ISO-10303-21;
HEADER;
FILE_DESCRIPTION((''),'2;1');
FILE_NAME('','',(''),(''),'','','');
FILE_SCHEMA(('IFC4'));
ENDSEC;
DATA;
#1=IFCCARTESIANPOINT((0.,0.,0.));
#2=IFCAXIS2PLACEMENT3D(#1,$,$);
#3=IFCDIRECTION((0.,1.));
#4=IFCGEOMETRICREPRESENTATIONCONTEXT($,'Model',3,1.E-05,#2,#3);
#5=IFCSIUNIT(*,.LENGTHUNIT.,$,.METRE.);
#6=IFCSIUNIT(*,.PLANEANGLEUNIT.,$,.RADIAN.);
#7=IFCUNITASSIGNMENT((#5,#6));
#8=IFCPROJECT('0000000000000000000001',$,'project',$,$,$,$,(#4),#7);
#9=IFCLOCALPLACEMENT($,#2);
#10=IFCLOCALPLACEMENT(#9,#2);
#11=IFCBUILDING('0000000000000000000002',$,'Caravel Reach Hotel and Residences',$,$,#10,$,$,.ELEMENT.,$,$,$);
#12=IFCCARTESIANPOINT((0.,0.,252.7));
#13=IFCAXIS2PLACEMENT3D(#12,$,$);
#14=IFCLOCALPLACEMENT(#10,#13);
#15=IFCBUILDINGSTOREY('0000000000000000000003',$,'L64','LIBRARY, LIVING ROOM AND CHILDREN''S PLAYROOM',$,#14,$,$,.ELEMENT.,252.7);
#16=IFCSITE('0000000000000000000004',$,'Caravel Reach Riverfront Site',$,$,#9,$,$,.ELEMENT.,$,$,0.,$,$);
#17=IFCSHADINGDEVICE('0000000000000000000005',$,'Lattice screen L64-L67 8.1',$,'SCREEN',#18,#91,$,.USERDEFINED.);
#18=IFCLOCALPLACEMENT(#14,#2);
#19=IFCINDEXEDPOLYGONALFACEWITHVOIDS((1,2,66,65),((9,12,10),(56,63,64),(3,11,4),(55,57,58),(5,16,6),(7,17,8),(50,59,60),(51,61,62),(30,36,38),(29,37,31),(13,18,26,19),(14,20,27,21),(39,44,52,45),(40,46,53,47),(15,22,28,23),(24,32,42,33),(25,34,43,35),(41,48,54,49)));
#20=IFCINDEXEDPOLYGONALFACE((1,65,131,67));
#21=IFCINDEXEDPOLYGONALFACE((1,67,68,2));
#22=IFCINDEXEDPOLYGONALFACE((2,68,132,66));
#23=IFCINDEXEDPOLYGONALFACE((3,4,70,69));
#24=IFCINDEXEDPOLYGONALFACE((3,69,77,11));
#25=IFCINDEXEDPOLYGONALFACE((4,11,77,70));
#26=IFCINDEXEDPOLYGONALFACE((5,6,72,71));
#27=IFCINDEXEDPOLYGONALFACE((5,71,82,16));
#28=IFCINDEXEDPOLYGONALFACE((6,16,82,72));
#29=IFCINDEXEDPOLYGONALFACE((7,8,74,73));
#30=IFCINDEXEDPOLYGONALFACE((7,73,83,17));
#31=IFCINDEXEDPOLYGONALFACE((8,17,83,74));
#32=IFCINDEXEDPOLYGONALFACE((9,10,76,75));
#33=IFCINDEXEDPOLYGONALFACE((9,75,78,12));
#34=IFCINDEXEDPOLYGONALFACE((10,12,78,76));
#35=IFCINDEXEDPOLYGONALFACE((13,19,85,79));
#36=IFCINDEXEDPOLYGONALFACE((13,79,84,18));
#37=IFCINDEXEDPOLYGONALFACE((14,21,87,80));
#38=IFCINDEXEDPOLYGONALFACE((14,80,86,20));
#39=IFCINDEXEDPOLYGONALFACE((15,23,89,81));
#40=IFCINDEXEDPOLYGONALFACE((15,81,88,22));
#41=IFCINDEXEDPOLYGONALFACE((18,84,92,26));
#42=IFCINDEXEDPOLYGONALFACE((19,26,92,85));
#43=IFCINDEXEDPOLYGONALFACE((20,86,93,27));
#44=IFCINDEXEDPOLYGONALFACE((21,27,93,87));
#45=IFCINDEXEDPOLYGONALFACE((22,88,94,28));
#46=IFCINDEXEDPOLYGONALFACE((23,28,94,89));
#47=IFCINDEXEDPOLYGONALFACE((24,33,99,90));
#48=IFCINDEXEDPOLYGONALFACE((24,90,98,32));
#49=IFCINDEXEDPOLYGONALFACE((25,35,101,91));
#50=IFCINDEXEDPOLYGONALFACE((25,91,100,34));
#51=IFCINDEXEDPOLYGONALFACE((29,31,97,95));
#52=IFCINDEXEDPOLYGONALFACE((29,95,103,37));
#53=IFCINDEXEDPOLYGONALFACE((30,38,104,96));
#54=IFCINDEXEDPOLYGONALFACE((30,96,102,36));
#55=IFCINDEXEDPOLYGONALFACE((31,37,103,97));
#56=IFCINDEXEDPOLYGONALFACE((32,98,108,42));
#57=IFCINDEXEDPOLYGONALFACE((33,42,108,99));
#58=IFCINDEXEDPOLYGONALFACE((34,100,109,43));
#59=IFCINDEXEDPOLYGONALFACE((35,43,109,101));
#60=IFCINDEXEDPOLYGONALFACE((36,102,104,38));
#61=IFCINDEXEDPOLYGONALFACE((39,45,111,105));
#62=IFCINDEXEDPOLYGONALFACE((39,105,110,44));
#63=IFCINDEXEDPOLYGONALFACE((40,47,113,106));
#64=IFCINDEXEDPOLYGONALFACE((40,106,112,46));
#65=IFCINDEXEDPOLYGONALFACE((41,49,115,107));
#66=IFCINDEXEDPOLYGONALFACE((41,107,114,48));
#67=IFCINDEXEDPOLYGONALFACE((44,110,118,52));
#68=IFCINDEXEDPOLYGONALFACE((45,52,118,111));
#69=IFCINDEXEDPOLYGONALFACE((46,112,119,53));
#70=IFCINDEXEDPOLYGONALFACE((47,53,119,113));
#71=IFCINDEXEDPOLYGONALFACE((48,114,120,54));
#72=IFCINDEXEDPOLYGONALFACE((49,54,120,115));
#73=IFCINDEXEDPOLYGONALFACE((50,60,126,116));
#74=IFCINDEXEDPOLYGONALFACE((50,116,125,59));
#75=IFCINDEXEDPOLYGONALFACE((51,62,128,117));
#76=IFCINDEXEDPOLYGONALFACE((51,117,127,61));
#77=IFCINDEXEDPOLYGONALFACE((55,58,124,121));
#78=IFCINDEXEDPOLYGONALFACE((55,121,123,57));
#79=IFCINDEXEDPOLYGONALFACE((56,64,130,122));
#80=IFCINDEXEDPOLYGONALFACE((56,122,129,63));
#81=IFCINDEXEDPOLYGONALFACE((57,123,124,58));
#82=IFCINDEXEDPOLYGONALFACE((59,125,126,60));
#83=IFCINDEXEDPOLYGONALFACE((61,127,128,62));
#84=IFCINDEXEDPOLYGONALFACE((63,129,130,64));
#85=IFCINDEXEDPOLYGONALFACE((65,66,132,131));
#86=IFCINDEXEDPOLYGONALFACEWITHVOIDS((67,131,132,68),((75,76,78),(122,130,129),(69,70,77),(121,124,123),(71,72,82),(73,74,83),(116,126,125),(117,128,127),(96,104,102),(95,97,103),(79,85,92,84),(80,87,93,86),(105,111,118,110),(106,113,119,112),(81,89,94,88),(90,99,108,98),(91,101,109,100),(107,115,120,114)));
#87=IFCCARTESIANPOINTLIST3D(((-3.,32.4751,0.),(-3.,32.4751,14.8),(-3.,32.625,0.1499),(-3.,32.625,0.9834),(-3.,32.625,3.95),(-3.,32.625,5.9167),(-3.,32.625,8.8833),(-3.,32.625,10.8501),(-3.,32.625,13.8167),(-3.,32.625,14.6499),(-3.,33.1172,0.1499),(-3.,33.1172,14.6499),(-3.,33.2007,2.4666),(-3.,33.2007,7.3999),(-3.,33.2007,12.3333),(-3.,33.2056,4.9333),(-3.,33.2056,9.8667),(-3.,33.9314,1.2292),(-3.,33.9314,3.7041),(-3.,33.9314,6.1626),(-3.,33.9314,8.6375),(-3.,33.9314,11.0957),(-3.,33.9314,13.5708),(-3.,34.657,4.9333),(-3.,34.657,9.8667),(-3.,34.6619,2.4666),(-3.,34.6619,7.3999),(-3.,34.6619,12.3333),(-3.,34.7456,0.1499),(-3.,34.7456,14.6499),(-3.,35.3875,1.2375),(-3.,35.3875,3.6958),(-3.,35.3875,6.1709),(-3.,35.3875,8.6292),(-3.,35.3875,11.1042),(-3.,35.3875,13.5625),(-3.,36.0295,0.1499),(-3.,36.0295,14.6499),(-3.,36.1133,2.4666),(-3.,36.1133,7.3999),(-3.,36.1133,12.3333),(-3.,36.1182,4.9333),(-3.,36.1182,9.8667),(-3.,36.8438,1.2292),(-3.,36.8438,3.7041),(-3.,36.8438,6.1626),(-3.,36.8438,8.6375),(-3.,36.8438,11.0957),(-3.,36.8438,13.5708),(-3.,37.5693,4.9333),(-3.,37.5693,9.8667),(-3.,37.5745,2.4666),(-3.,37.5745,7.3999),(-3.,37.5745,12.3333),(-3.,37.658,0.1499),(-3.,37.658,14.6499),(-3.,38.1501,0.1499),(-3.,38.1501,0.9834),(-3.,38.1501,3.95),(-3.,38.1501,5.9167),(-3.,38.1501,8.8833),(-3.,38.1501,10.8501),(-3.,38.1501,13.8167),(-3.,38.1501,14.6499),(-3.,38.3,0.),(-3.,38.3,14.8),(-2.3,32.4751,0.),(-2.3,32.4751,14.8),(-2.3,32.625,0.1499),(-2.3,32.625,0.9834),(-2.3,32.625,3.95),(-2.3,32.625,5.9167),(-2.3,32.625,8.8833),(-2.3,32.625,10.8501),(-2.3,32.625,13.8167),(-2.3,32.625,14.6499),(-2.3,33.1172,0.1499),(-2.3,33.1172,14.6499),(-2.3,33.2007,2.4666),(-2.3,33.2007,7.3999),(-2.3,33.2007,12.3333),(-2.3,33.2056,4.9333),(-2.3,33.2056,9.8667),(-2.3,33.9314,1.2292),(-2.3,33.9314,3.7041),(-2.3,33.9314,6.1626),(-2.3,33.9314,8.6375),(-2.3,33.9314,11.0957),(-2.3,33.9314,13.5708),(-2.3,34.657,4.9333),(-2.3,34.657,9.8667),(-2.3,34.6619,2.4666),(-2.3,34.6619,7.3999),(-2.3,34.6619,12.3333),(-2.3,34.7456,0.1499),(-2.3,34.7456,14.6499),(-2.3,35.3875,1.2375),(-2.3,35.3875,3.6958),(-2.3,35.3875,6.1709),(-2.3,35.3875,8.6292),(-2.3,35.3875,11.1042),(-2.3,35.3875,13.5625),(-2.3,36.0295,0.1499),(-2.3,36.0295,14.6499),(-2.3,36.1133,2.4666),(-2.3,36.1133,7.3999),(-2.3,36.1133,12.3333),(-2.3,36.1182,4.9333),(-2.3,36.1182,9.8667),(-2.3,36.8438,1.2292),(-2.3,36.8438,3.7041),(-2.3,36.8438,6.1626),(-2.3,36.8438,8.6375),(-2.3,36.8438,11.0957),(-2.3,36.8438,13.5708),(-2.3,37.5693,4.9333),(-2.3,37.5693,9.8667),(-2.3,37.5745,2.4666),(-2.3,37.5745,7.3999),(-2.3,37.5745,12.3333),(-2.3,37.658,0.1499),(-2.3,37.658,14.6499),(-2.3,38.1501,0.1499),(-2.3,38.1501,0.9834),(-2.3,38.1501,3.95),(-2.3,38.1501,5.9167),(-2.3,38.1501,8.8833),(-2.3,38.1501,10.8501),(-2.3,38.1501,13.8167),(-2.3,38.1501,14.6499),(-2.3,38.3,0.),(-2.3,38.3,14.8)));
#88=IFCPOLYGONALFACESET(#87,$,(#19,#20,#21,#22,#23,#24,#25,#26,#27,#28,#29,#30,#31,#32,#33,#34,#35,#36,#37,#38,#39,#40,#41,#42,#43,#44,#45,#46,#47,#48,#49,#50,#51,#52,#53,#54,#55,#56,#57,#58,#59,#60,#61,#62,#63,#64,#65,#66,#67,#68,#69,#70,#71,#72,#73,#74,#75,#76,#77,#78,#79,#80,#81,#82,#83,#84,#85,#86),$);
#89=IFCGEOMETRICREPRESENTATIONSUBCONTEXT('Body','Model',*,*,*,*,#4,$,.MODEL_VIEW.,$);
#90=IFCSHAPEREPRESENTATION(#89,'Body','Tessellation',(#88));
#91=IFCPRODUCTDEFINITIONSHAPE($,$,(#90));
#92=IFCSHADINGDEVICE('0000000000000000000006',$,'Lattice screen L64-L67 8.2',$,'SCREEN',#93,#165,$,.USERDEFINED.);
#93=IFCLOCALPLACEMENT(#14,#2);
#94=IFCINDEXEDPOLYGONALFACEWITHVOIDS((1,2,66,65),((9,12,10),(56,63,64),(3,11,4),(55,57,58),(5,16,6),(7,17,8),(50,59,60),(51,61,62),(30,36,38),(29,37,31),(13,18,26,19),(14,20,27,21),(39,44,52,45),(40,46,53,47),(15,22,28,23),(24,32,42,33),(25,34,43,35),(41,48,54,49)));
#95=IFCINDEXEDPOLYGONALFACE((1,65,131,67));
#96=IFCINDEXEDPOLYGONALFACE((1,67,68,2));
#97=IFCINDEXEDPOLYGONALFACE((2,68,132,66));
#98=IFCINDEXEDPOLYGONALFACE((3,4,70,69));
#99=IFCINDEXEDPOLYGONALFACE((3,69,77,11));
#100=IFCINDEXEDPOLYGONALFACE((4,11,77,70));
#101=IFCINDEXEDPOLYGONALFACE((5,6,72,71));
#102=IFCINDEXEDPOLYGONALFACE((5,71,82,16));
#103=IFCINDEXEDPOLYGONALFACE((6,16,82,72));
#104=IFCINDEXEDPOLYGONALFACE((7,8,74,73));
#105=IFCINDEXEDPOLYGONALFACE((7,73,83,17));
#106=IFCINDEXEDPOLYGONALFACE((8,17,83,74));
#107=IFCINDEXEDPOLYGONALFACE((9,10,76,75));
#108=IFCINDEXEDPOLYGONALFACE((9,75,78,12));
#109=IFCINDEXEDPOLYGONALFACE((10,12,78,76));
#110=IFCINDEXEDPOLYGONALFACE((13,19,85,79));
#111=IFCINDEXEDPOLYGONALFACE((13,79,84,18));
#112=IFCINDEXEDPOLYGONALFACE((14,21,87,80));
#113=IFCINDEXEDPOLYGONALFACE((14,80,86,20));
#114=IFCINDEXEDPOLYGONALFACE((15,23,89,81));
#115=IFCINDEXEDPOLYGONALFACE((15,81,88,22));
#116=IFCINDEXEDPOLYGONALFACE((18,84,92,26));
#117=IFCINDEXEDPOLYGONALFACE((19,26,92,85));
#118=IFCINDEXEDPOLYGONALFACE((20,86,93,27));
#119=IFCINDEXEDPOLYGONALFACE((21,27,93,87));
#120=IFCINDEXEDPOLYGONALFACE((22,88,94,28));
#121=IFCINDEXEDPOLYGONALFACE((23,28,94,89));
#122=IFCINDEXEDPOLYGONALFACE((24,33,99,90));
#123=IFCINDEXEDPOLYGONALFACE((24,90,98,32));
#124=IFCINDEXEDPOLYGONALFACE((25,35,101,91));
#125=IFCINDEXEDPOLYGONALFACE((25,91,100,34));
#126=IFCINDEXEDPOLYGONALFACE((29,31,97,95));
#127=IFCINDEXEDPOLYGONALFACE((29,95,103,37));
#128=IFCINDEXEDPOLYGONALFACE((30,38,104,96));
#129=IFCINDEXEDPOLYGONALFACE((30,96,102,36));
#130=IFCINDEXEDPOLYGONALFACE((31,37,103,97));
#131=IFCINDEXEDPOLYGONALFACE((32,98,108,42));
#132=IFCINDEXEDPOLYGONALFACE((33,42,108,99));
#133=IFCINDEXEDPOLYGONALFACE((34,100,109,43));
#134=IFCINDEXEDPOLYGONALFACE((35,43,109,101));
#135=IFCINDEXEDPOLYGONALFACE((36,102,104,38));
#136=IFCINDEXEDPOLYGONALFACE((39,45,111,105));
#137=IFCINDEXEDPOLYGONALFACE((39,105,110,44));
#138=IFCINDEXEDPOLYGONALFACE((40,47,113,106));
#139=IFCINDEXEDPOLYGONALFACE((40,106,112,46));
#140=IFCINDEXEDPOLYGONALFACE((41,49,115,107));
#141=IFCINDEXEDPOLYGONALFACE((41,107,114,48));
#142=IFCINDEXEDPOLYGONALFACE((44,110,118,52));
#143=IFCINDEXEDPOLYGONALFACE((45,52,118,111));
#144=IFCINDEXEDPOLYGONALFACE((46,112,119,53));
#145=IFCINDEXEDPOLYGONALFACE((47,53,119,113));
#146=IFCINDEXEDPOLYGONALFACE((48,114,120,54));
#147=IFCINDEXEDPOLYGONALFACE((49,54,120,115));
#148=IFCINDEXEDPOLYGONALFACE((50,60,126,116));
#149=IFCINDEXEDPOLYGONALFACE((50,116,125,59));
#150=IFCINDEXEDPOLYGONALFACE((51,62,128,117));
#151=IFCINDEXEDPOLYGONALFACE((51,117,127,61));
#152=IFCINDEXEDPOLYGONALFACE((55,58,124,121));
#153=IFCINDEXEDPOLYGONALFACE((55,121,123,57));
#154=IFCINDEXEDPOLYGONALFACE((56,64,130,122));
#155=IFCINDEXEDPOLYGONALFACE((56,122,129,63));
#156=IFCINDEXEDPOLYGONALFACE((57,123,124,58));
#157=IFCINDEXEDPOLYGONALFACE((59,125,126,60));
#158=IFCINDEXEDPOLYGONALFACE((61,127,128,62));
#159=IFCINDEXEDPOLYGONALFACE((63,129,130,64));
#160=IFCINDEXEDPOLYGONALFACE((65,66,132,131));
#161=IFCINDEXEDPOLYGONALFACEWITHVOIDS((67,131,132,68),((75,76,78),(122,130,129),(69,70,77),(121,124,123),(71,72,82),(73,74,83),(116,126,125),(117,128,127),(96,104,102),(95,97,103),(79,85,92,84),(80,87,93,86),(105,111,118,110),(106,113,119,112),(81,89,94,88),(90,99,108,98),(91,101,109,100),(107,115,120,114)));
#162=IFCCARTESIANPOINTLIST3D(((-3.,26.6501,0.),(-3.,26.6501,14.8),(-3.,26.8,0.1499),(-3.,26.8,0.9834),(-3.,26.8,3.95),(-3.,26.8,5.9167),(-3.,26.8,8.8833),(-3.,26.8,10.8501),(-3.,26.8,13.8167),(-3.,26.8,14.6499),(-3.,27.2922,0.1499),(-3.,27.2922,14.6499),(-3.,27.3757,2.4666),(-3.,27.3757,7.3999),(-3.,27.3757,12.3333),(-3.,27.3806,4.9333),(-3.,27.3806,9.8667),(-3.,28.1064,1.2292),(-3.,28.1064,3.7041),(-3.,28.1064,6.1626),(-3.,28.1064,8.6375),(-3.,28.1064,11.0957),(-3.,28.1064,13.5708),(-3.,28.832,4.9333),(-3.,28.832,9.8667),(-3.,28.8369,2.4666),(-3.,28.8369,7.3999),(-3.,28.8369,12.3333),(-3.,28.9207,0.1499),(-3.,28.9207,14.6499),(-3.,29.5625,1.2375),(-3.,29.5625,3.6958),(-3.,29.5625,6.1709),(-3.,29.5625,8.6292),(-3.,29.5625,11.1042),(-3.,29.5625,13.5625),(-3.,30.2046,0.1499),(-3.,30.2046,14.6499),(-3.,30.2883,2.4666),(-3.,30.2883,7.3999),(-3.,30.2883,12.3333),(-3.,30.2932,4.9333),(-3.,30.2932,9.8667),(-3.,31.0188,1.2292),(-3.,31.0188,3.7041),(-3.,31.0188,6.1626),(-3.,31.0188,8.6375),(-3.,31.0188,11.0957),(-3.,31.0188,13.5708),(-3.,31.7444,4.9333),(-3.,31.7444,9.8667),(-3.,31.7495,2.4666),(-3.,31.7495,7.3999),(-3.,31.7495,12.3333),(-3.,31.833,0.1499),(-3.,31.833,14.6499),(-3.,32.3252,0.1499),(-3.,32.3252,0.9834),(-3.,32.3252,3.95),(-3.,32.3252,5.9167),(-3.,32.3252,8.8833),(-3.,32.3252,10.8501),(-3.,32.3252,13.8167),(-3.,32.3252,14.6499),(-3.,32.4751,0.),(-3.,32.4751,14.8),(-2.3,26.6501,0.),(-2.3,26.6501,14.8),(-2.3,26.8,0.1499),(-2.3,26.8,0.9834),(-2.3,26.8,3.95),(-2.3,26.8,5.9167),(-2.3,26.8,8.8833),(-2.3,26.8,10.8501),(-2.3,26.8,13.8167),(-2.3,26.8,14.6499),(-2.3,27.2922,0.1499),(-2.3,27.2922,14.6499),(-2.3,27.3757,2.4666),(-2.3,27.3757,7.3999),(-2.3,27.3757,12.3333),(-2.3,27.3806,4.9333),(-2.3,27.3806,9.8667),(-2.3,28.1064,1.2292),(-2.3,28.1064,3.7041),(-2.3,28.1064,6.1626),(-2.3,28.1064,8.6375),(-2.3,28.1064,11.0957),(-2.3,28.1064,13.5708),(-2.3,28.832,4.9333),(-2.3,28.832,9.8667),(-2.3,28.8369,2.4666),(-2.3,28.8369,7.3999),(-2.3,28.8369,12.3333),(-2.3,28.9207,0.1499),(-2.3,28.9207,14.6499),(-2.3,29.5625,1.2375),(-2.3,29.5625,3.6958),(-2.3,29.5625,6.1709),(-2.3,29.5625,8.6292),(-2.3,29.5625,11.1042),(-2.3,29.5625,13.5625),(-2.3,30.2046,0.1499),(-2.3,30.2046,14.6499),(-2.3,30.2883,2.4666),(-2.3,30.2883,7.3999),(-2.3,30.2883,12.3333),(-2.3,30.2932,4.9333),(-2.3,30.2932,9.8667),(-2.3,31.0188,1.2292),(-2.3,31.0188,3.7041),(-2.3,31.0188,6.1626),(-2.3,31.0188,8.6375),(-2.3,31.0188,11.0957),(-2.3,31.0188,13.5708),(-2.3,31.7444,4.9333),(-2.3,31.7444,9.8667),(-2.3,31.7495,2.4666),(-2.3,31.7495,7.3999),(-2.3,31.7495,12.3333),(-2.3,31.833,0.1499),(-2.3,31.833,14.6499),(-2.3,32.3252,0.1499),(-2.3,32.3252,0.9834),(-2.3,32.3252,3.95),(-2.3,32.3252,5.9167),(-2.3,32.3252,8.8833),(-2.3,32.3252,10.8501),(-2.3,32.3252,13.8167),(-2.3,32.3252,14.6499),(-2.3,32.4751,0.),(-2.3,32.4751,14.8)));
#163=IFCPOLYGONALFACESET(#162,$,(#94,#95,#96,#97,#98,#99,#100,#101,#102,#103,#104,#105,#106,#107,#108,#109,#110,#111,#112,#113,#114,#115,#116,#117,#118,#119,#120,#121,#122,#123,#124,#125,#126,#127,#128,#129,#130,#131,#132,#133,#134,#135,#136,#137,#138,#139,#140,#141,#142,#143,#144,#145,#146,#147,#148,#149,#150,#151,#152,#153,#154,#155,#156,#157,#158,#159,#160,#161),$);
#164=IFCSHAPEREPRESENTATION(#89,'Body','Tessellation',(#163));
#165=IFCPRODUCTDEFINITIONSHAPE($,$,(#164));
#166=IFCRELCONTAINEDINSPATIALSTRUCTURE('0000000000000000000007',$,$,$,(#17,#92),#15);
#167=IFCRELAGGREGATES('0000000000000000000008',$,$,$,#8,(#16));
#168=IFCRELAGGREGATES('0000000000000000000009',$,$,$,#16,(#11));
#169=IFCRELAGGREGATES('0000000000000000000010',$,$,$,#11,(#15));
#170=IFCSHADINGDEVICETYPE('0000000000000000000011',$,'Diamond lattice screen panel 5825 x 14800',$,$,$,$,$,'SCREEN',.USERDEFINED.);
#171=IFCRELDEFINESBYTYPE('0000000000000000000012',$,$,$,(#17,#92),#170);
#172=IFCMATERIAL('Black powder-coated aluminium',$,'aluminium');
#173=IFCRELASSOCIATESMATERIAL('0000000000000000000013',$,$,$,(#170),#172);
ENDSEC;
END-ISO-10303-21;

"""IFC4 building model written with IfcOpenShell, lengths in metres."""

from ifc_helpers import new_model, si_unit, direction, frame, origin, place, context, subcontext, project, spatial, polyline, outline, extrude, material, type_object, element, save


model = new_model("IFC4")

# Units and contexts
model_context = context("Model", 3, precision=1e-05, world=origin(), true_north=direction((0.0, 1.0)))
body_context = subcontext(model_context, "Body", "Model", "MODEL_VIEW")
ifc_project = project(units=[si_unit("LENGTHUNIT", "METRE"), si_unit("PLANEANGLEUNIT", "RADIAN")], contexts=[model_context])

# Site, building, storey
site_placement = place(None, origin())
site = spatial("IfcSite", under=ifc_project, at=site_placement, Name="Caravel Reach Riverfront Site", CompositionType="ELEMENT", RefElevation=0.0)
building_placement = place(site_placement, origin())
building = spatial("IfcBuilding", under=site, at=building_placement, Name="Caravel Reach Hotel and Residences", CompositionType="ELEMENT")
storey_placement = place(building_placement, frame((0.0, 0.0, 252.7)))
storey = spatial("IfcBuildingStorey", under=building, at=storey_placement, Name="L64", Description="LIBRARY, LIVING ROOM AND CHILDREN'S PLAYROOM", CompositionType="ELEMENT", Elevation=252.7)

# Shading devices
ifc_material_1 = material(Name="Black powder-coated aluminium", Category="aluminium")
shading_device_type_1 = type_object("IfcShadingDeviceType", Name="Diamond lattice screen panel 5825 x 14800", ElementType="SCREEN", PredefinedType="USERDEFINED", material=ifc_material_1)
shading_device_1_placement = place(storey_placement, frame((-2.3, 38.3, 0.0), z_axis=(-1.0, 0.0, 0.0), x_axis=(0.0, -1.0, 0.0)))
element("IfcShadingDevice", 1, at=shading_device_1_placement, inside=storey, type_object=shading_device_type_1, Name="Lattice screen L64-L67 8.1", ObjectType="SCREEN", PredefinedType="USERDEFINED", context=body_context, shape_type="SweptSolid", body=[
    extrude(outline(polyline([(0.0, 0.0), (5.825, 0.0), (5.825, 14.8), (0.0, 14.8), (0.0, 0.0)]), holes=[polyline([(0.6421, 0.1499), (0.1499, 0.9834), (0.1499, 0.1499), (0.6421, 0.1499)]), polyline([(0.7307, 4.9333), (0.1499, 5.9167), (0.1499, 3.95), (0.7307, 4.9333)]), polyline([(0.7307, 9.8667), (0.1499, 10.8501), (0.1499, 8.8833), (0.7307, 9.8667)]), polyline([(0.1499, 13.8167), (0.6421, 14.6499), (0.1499, 14.6499), (0.1499, 13.8167)]), polyline([(1.4563, 3.7041), (0.7256, 2.4666), (1.4563, 1.2292), (2.1868, 2.4666), (1.4563, 3.7041)]), polyline([(1.4563, 8.6375), (0.7256, 7.3999), (1.4563, 6.1626), (2.1868, 7.3999), (1.4563, 8.6375)]), polyline([(1.4563, 13.5708), (0.7256, 12.3333), (1.4563, 11.0957), (2.1868, 12.3333), (1.4563, 13.5708)]), polyline([(2.9126, 1.2375), (2.2705, 0.1499), (3.5544, 0.1499), (2.9126, 1.2375)]), polyline([(2.9126, 6.1709), (2.1819, 4.9333), (2.9126, 3.6958), (3.6431, 4.9333), (2.9126, 6.1709)]), polyline([(2.9126, 11.1042), (2.1819, 9.8667), (2.9126, 8.6292), (3.6431, 9.8667), (2.9126, 11.1042)]), polyline([(2.9126, 13.5625), (3.5544, 14.6499), (2.2705, 14.6499), (2.9126, 13.5625)]), polyline([(4.3687, 3.7041), (3.6382, 2.4666), (4.3687, 1.2292), (5.0994, 2.4666), (4.3687, 3.7041)]), polyline([(4.3687, 8.6375), (3.6382, 7.3999), (4.3687, 6.1626), (5.0994, 7.3999), (4.3687, 8.6375)]), polyline([(4.3687, 13.5708), (3.6382, 12.3333), (4.3687, 11.0957), (5.0994, 12.3333), (4.3687, 13.5708)]), polyline([(5.675, 0.9834), (5.1829, 0.1499), (5.675, 0.1499), (5.675, 0.9834)]), polyline([(5.0945, 4.9333), (5.675, 3.95), (5.675, 5.9167), (5.0945, 4.9333)]), polyline([(5.0945, 9.8667), (5.675, 8.8833), (5.675, 10.8501), (5.0945, 9.8667)]), polyline([(5.1829, 14.6499), (5.675, 13.8167), (5.675, 14.6499), (5.1829, 14.6499)])]), origin(), (0.0, 0.0, 1.0), 0.7),
])
shading_device_2_placement = place(storey_placement, frame((-2.3, 32.4751, 0.0), z_axis=(-1.0, 0.0, 0.0), x_axis=(0.0, -1.0, 0.0)))
element("IfcShadingDevice", 2, at=shading_device_2_placement, inside=storey, type_object=shading_device_type_1, Name="Lattice screen L64-L67 8.2", ObjectType="SCREEN", PredefinedType="USERDEFINED", context=body_context, shape_type="SweptSolid", body=[
    extrude(outline(polyline([(0.0, 0.0), (5.825, 0.0), (5.825, 14.8), (0.0, 14.8), (0.0, 0.0)]), holes=[polyline([(0.6421, 0.1499), (0.1499, 0.9834), (0.1499, 0.1499), (0.6421, 0.1499)]), polyline([(0.7307, 4.9333), (0.1499, 5.9167), (0.1499, 3.95), (0.7307, 4.9333)]), polyline([(0.7307, 9.8667), (0.1499, 10.8501), (0.1499, 8.8833), (0.7307, 9.8667)]), polyline([(0.1499, 13.8167), (0.6421, 14.6499), (0.1499, 14.6499), (0.1499, 13.8167)]), polyline([(1.4563, 3.7041), (0.7256, 2.4666), (1.4563, 1.2292), (2.1868, 2.4666), (1.4563, 3.7041)]), polyline([(1.4563, 8.6375), (0.7256, 7.3999), (1.4563, 6.1626), (2.1868, 7.3999), (1.4563, 8.6375)]), polyline([(1.4563, 13.5708), (0.7256, 12.3333), (1.4563, 11.0957), (2.1868, 12.3333), (1.4563, 13.5708)]), polyline([(2.9126, 1.2375), (2.2705, 0.1499), (3.5544, 0.1499), (2.9126, 1.2375)]), polyline([(2.9126, 6.1709), (2.1819, 4.9333), (2.9126, 3.6958), (3.6431, 4.9333), (2.9126, 6.1709)]), polyline([(2.9126, 11.1042), (2.1819, 9.8667), (2.9126, 8.6292), (3.6431, 9.8667), (2.9126, 11.1042)]), polyline([(2.9126, 13.5625), (3.5544, 14.6499), (2.2705, 14.6499), (2.9126, 13.5625)]), polyline([(4.3687, 3.7041), (3.6382, 2.4666), (4.3687, 1.2292), (5.0994, 2.4666), (4.3687, 3.7041)]), polyline([(4.3687, 8.6375), (3.6382, 7.3999), (4.3687, 6.1626), (5.0994, 7.3999), (4.3687, 8.6375)]), polyline([(4.3687, 13.5708), (3.6382, 12.3333), (4.3687, 11.0957), (5.0994, 12.3333), (4.3687, 13.5708)]), polyline([(5.675, 0.9834), (5.1829, 0.1499), (5.675, 0.1499), (5.675, 0.9834)]), polyline([(5.0945, 4.9333), (5.675, 3.95), (5.675, 5.9167), (5.0945, 4.9333)]), polyline([(5.0945, 9.8667), (5.675, 8.8833), (5.675, 10.8501), (5.0945, 9.8667)]), polyline([(5.1829, 14.6499), (5.675, 13.8167), (5.675, 14.6499), (5.1829, 14.6499)])]), origin(), (0.0, 0.0, 1.0), 0.7),
])

save(model, "model.ifc")
